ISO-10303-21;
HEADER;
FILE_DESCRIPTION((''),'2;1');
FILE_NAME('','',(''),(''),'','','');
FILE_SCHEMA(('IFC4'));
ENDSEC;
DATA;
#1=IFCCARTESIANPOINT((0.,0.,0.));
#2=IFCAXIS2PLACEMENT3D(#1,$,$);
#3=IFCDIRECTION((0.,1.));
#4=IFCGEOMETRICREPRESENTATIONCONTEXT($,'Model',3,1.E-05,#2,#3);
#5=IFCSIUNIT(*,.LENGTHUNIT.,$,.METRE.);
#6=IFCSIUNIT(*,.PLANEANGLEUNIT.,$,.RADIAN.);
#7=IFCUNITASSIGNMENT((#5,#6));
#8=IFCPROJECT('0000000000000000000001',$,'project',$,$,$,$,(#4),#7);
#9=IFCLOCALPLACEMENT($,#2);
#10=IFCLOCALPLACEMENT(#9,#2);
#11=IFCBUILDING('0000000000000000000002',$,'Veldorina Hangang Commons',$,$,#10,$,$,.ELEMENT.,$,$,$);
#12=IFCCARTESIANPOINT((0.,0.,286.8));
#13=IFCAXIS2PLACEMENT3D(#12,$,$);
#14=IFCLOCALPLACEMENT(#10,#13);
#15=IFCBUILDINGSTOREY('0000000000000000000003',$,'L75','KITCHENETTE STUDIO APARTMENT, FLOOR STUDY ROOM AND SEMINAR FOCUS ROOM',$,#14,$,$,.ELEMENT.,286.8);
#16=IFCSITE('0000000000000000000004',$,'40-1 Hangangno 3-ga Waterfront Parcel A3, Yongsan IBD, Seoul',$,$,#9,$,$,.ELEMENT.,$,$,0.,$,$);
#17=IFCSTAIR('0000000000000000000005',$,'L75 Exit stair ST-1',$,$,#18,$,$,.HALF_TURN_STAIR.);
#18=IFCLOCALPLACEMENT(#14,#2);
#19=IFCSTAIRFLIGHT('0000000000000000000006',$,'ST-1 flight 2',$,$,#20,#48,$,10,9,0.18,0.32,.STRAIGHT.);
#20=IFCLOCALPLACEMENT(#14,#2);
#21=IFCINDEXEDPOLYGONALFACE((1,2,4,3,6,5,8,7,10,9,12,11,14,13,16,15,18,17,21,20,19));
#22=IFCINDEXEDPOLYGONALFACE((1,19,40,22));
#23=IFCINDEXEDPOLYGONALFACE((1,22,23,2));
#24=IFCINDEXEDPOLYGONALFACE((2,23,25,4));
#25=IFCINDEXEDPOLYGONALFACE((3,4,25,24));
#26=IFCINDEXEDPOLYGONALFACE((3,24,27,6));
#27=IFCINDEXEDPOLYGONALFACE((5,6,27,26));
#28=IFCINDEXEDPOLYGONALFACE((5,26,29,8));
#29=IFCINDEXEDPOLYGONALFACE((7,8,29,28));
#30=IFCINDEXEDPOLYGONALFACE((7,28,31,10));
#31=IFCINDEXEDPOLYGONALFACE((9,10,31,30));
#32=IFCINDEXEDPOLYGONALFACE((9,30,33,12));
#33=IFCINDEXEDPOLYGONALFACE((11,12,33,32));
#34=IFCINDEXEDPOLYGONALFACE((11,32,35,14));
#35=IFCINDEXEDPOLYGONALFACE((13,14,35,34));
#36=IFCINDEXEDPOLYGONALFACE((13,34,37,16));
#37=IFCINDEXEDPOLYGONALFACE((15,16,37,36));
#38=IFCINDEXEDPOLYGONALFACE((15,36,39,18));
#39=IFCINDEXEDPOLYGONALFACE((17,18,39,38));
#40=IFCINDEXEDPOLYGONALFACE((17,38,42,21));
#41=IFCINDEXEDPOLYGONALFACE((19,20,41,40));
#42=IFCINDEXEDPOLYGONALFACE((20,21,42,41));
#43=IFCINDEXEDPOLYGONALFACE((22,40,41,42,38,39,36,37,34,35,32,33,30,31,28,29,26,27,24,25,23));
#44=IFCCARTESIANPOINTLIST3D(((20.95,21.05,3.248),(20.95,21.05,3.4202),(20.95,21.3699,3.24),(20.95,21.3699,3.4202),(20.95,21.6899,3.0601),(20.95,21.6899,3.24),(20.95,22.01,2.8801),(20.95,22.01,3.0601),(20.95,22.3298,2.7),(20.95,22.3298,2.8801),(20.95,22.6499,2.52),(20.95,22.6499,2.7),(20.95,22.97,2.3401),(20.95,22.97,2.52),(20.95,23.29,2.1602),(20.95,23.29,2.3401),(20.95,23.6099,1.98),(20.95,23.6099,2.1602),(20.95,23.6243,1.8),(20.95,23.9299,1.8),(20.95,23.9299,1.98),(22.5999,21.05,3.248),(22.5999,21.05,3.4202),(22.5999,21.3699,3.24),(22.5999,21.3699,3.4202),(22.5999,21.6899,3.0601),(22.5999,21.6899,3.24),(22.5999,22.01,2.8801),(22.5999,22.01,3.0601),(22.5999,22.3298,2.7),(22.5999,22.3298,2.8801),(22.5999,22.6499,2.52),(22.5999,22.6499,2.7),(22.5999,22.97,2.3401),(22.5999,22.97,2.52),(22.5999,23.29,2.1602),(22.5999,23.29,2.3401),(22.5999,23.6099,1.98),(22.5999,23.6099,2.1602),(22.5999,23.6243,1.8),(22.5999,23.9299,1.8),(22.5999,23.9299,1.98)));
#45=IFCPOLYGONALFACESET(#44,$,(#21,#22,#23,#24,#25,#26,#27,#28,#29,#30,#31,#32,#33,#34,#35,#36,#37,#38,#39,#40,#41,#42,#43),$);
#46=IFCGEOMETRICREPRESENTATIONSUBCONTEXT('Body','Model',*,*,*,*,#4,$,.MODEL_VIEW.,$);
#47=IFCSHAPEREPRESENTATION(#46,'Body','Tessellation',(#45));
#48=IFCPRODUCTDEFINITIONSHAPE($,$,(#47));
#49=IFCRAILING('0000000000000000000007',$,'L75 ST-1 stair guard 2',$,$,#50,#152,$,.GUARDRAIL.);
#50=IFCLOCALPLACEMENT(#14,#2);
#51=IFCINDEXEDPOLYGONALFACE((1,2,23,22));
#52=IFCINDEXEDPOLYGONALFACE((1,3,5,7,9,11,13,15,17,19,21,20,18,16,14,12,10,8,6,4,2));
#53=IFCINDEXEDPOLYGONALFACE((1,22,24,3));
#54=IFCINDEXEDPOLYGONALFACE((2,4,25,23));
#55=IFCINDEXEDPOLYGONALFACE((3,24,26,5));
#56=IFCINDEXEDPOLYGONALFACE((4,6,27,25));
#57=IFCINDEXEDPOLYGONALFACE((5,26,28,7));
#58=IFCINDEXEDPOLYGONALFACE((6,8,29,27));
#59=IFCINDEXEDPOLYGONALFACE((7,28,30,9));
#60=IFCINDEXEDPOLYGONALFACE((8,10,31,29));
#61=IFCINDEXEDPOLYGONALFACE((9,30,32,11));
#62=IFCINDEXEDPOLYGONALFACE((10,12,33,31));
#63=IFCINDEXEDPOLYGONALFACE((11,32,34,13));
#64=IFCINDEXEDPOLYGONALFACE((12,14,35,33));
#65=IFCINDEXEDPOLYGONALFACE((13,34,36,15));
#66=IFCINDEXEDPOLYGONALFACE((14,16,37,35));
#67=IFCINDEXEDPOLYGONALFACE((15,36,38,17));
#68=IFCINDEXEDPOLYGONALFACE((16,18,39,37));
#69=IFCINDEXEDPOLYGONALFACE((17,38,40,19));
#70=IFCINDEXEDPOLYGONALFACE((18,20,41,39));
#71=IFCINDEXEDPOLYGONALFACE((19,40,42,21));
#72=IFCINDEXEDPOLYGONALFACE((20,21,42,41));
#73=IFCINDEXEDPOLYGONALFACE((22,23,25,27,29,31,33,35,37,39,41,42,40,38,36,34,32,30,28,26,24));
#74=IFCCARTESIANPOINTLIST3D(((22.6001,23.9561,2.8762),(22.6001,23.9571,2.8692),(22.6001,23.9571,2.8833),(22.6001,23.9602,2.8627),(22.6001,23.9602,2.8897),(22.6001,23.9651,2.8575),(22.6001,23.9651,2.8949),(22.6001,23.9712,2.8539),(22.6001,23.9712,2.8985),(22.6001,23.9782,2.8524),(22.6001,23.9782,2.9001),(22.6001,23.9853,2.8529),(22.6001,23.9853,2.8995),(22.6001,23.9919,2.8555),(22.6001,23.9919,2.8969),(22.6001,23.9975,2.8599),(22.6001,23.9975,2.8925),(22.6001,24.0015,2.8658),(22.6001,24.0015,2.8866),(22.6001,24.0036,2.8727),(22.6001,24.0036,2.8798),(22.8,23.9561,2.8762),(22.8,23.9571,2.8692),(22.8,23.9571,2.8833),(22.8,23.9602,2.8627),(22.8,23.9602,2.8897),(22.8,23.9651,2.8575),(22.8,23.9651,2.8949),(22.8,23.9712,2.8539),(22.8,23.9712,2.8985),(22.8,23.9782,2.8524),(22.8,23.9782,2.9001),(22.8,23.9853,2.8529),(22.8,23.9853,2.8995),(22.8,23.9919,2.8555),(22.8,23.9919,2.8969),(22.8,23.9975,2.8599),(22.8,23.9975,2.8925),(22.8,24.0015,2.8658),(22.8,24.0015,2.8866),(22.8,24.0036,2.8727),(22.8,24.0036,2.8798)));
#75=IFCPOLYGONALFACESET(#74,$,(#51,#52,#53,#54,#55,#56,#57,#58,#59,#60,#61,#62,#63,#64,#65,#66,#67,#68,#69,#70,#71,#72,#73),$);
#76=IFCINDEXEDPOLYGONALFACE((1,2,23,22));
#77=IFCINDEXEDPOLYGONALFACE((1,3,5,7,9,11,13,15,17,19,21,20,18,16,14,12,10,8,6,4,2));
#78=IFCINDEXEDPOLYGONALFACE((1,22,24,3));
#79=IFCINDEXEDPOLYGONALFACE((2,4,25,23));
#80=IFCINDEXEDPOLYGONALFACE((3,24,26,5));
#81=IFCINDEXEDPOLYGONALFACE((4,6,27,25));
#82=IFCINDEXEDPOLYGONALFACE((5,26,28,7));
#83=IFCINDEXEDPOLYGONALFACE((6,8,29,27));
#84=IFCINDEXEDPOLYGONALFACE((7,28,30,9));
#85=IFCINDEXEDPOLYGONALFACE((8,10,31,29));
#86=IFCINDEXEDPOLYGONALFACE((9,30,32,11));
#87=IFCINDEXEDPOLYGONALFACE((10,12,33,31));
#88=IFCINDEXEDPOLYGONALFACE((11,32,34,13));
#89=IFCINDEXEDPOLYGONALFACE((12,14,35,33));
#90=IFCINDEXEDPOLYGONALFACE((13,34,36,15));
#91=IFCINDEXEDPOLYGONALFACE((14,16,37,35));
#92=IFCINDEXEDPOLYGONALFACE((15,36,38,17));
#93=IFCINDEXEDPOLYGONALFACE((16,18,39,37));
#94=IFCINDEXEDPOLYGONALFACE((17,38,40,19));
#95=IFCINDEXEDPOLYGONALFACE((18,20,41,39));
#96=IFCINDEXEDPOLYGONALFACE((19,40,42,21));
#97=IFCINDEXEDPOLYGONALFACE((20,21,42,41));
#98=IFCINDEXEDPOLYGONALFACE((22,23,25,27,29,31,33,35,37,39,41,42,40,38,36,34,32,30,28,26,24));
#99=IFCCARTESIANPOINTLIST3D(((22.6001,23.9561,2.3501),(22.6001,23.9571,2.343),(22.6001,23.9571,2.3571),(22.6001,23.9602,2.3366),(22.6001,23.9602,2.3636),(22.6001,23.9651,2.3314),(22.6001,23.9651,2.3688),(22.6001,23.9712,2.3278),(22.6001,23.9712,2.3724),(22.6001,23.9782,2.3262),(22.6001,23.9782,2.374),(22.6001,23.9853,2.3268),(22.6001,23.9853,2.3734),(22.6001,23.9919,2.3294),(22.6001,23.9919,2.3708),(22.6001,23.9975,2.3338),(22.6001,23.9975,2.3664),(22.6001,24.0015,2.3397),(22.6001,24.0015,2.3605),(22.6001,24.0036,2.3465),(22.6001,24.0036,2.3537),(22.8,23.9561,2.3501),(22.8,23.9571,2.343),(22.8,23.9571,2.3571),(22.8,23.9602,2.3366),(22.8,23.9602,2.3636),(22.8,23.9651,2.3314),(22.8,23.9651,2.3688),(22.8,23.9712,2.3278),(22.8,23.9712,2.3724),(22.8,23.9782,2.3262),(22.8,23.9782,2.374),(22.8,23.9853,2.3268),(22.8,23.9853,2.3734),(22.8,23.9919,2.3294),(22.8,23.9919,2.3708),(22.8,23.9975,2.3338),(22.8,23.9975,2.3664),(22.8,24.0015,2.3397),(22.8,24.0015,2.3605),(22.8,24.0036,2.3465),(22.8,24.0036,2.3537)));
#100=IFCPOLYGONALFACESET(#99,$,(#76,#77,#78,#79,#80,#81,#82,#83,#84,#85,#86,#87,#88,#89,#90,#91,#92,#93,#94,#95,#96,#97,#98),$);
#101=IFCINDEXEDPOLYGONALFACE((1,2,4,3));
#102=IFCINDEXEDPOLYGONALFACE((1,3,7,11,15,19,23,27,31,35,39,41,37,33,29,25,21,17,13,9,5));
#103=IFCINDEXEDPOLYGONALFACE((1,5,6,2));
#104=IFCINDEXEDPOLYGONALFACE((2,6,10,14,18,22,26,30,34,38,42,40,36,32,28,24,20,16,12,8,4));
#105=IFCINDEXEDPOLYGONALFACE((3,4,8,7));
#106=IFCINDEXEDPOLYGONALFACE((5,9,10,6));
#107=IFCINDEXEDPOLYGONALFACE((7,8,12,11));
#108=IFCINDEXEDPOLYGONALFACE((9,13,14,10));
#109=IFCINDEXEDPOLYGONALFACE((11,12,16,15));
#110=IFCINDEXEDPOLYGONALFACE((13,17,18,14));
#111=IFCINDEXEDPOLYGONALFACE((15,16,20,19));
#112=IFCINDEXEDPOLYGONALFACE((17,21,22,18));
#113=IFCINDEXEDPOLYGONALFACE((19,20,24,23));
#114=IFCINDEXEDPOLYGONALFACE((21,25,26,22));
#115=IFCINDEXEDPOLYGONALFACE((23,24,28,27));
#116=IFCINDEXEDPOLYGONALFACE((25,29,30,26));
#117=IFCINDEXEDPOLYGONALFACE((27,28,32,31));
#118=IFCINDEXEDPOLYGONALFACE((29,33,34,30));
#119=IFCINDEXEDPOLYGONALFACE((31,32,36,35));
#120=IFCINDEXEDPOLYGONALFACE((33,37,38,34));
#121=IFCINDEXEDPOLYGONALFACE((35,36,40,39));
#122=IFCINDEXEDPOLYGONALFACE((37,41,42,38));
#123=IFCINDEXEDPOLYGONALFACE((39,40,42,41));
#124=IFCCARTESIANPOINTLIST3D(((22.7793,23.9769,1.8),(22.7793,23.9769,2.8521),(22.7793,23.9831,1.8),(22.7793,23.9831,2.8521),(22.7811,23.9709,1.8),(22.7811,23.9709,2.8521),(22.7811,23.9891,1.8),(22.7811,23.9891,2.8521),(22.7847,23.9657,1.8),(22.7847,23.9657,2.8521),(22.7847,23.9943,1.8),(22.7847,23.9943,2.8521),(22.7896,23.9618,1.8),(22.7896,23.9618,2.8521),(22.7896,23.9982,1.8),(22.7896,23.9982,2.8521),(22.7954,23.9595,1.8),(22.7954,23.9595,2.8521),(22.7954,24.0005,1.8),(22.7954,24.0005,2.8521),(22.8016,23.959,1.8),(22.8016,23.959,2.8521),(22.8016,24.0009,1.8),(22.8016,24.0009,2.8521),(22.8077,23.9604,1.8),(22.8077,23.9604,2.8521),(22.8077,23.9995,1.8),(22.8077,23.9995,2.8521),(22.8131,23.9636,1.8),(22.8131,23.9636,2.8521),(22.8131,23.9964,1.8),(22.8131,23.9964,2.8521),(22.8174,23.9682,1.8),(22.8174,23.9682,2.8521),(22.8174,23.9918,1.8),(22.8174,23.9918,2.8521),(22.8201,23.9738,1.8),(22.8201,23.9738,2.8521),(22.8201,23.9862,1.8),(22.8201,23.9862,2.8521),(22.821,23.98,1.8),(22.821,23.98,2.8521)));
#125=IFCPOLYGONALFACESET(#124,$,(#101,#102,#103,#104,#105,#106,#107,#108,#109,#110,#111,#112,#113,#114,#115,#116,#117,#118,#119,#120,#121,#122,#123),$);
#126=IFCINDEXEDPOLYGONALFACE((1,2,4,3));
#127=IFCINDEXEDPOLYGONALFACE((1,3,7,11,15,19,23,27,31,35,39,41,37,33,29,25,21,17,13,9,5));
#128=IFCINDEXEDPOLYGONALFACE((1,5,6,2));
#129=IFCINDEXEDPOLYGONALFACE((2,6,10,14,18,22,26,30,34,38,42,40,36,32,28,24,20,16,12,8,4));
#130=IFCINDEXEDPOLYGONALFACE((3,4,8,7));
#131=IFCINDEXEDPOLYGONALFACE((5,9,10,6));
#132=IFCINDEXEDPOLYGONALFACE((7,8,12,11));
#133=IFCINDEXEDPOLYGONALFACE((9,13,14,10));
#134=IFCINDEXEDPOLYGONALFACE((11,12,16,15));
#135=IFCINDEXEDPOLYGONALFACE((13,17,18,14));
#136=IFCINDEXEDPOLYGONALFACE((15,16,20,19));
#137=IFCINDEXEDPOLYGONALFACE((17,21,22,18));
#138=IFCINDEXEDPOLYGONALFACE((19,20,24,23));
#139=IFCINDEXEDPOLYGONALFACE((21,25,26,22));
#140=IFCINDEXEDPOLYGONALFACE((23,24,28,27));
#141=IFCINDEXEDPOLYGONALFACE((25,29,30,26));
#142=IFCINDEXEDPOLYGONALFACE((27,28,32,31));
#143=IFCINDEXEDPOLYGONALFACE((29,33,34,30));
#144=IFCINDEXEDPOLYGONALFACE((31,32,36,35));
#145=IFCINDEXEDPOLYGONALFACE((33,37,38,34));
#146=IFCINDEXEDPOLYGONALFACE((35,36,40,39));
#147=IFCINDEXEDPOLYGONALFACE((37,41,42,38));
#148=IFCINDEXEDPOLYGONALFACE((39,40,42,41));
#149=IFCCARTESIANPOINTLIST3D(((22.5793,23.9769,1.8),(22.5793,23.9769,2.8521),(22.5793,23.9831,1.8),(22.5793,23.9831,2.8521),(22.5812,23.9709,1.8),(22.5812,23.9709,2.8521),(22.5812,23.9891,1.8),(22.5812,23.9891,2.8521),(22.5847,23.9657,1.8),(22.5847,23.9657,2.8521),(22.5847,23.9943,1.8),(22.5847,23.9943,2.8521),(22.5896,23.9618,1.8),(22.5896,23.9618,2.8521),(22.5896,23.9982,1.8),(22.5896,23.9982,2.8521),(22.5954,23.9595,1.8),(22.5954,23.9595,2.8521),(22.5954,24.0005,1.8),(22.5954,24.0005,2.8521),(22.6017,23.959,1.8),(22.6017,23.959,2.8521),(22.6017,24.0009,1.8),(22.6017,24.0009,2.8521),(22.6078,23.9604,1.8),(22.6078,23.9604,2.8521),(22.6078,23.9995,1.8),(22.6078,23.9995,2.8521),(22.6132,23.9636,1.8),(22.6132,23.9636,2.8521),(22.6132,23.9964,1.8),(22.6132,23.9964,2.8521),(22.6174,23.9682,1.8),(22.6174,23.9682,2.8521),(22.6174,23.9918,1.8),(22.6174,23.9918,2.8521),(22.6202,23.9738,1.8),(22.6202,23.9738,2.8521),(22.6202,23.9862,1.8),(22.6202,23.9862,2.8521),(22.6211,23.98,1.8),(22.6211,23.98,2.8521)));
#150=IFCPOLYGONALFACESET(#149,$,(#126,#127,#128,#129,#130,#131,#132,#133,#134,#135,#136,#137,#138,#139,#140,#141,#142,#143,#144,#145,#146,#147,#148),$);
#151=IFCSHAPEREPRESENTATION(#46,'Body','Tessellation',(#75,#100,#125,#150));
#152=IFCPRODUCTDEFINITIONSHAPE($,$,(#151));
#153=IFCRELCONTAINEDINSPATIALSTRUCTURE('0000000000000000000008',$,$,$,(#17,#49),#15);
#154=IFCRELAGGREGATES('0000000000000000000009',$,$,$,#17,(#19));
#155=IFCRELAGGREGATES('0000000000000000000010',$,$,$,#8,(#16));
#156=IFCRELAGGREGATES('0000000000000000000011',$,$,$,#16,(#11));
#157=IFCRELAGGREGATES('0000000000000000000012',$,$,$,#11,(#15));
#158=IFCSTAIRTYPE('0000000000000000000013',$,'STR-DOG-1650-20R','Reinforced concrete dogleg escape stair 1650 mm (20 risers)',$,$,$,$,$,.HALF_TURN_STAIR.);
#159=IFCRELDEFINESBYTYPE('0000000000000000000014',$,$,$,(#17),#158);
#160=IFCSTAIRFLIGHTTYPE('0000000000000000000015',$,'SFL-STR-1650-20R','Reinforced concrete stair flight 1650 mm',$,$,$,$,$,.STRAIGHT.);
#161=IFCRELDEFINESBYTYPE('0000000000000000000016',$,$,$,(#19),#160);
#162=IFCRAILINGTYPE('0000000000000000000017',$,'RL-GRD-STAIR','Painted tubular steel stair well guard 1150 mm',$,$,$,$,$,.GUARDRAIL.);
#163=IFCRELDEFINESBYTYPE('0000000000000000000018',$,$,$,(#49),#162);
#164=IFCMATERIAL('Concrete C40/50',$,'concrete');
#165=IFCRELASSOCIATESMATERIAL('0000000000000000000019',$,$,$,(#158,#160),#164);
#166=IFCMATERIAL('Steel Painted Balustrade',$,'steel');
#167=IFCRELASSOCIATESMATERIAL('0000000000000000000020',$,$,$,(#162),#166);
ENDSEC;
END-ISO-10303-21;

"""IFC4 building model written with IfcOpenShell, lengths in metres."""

from ifc_helpers import new_model, si_unit, direction, frame, origin, origin_2d, place, context, subcontext, project, spatial, polyline, circle, outline, extrude, material, type_object, element, aggregate, save


model = new_model("IFC4")

# Units and contexts
model_context = context("Model", 3, precision=1e-05, world=origin(), true_north=direction((0.0, 1.0)))
body_context = subcontext(model_context, "Body", "Model", "MODEL_VIEW")
ifc_project = project(units=[si_unit("LENGTHUNIT", "METRE"), si_unit("PLANEANGLEUNIT", "RADIAN")], contexts=[model_context])

# Site, building, storey
site_placement = place(None, origin())
site = spatial("IfcSite", under=ifc_project, at=site_placement, Name="40-1 Hangangno 3-ga Waterfront Parcel A3, Yongsan IBD, Seoul", CompositionType="ELEMENT", RefElevation=0.0)
building_placement = place(site_placement, origin())
building = spatial("IfcBuilding", under=site, at=building_placement, Name="Veldorina Hangang Commons", CompositionType="ELEMENT")
storey_placement = place(building_placement, frame((0.0, 0.0, 286.8)))
storey = spatial("IfcBuildingStorey", under=building, at=storey_placement, Name="L75", Description="KITCHENETTE STUDIO APARTMENT, FLOOR STUDY ROOM AND SEMINAR FOCUS ROOM", CompositionType="ELEMENT", Elevation=286.8)

# Stair, stair flight
ifc_material_1 = material(Name="Concrete C40/50", Category="concrete")
stair_type = type_object("IfcStairType", Name="STR-DOG-1650-20R", Description="Reinforced concrete dogleg escape stair 1650 mm (20 risers)", PredefinedType="HALF_TURN_STAIR", material=ifc_material_1)
stair_placement = place(storey_placement, origin())
stair = element("IfcStair", 1, at=stair_placement, inside=storey, type_object=stair_type, Name="L75 Exit stair ST-1", PredefinedType="HALF_TURN_STAIR")
stair_flight_type = type_object("IfcStairFlightType", Name="SFL-STR-1650-20R", Description="Reinforced concrete stair flight 1650 mm", PredefinedType="STRAIGHT", material=ifc_material_1)
stair_flight_placement = place(storey_placement, frame((21.7749, 23.9299, 1.8), z_axis=(0.0, 0.0, 1.0), x_axis=(0.0, -1.0, 0.0)))
stair_flight = element("IfcStairFlight", 2, at=stair_flight_placement, type_object=stair_flight_type, Name="ST-1 flight 2", NumberOfRisers=10, NumberOfTreads=9, PredefinedType="STRAIGHT", RiserHeight=0.18, TreadLength=0.32, context=body_context, shape_type="SweptSolid", body=[
    extrude(outline(polyline([(0.0, 0.0), (0.0, 0.1799), (0.3201, 0.1799), (0.3201, 0.3601), (0.6399, 0.3601), (0.6399, 0.54), (0.96, 0.54), (0.96, 0.72), (1.28, 0.72), (1.28, 0.8999), (1.6001, 0.8999), (1.6001, 1.0801), (1.9199, 1.0801), (1.9199, 1.26), (2.24, 1.26), (2.24, 1.4399), (2.5601, 1.4399), (2.5601, 1.6201), (2.8799, 1.6201), (2.8799, 1.8), (2.8799, 1.448), (0.3057, 0.0), (0.0, 0.0)])), frame((0.0, 0.825, 0.0), z_axis=(0.0, -1.0, 0.0), x_axis=(1.0, 0.0, 0.0)), (0.0, 0.0, 1.0), 1.6499),
])
aggregate(stair, [stair_flight])

# Railing
ifc_material_2 = material(Name="Steel Painted Balustrade", Category="steel")
railing_type = type_object("IfcRailingType", Name="RL-GRD-STAIR", Description="Painted tubular steel stair well guard 1150 mm", PredefinedType="GUARDRAIL", material=ifc_material_2)
railing_1_placement = place(storey_placement, frame((22.8, 23.98, 1.8)))
element("IfcRailing", 3, at=railing_1_placement, inside=storey, type_object=railing_type, Name="L75 ST-1 stair guard 2", PredefinedType="GUARDRAIL", context=body_context, shape_type="SweptSolid", body=[
    extrude(circle(Radius=0.0239, at=origin_2d()), frame((0.0, 0.0, 1.0762), z_axis=(-1.0, 0.0, 0.0), x_axis=(0.0, -1.0, 0.0)), (0.0, 0.0, 1.0), 0.2),
    extrude(circle(Radius=0.0239, at=origin_2d()), frame((0.0, 0.0, 0.55), z_axis=(-1.0, 0.0, 0.0), x_axis=(0.0, -1.0, 0.0)), (0.0, 0.0, 1.0), 0.2),
    extrude(circle(Radius=0.021, at=origin_2d()), origin(), (0.0, 0.0, 1.0), 1.052),
    extrude(circle(Radius=0.021, at=origin_2d()), frame((-0.2, 0.0, 0.0)), (0.0, 0.0, 1.0), 1.052),
])

save(model, "model.ifc")
